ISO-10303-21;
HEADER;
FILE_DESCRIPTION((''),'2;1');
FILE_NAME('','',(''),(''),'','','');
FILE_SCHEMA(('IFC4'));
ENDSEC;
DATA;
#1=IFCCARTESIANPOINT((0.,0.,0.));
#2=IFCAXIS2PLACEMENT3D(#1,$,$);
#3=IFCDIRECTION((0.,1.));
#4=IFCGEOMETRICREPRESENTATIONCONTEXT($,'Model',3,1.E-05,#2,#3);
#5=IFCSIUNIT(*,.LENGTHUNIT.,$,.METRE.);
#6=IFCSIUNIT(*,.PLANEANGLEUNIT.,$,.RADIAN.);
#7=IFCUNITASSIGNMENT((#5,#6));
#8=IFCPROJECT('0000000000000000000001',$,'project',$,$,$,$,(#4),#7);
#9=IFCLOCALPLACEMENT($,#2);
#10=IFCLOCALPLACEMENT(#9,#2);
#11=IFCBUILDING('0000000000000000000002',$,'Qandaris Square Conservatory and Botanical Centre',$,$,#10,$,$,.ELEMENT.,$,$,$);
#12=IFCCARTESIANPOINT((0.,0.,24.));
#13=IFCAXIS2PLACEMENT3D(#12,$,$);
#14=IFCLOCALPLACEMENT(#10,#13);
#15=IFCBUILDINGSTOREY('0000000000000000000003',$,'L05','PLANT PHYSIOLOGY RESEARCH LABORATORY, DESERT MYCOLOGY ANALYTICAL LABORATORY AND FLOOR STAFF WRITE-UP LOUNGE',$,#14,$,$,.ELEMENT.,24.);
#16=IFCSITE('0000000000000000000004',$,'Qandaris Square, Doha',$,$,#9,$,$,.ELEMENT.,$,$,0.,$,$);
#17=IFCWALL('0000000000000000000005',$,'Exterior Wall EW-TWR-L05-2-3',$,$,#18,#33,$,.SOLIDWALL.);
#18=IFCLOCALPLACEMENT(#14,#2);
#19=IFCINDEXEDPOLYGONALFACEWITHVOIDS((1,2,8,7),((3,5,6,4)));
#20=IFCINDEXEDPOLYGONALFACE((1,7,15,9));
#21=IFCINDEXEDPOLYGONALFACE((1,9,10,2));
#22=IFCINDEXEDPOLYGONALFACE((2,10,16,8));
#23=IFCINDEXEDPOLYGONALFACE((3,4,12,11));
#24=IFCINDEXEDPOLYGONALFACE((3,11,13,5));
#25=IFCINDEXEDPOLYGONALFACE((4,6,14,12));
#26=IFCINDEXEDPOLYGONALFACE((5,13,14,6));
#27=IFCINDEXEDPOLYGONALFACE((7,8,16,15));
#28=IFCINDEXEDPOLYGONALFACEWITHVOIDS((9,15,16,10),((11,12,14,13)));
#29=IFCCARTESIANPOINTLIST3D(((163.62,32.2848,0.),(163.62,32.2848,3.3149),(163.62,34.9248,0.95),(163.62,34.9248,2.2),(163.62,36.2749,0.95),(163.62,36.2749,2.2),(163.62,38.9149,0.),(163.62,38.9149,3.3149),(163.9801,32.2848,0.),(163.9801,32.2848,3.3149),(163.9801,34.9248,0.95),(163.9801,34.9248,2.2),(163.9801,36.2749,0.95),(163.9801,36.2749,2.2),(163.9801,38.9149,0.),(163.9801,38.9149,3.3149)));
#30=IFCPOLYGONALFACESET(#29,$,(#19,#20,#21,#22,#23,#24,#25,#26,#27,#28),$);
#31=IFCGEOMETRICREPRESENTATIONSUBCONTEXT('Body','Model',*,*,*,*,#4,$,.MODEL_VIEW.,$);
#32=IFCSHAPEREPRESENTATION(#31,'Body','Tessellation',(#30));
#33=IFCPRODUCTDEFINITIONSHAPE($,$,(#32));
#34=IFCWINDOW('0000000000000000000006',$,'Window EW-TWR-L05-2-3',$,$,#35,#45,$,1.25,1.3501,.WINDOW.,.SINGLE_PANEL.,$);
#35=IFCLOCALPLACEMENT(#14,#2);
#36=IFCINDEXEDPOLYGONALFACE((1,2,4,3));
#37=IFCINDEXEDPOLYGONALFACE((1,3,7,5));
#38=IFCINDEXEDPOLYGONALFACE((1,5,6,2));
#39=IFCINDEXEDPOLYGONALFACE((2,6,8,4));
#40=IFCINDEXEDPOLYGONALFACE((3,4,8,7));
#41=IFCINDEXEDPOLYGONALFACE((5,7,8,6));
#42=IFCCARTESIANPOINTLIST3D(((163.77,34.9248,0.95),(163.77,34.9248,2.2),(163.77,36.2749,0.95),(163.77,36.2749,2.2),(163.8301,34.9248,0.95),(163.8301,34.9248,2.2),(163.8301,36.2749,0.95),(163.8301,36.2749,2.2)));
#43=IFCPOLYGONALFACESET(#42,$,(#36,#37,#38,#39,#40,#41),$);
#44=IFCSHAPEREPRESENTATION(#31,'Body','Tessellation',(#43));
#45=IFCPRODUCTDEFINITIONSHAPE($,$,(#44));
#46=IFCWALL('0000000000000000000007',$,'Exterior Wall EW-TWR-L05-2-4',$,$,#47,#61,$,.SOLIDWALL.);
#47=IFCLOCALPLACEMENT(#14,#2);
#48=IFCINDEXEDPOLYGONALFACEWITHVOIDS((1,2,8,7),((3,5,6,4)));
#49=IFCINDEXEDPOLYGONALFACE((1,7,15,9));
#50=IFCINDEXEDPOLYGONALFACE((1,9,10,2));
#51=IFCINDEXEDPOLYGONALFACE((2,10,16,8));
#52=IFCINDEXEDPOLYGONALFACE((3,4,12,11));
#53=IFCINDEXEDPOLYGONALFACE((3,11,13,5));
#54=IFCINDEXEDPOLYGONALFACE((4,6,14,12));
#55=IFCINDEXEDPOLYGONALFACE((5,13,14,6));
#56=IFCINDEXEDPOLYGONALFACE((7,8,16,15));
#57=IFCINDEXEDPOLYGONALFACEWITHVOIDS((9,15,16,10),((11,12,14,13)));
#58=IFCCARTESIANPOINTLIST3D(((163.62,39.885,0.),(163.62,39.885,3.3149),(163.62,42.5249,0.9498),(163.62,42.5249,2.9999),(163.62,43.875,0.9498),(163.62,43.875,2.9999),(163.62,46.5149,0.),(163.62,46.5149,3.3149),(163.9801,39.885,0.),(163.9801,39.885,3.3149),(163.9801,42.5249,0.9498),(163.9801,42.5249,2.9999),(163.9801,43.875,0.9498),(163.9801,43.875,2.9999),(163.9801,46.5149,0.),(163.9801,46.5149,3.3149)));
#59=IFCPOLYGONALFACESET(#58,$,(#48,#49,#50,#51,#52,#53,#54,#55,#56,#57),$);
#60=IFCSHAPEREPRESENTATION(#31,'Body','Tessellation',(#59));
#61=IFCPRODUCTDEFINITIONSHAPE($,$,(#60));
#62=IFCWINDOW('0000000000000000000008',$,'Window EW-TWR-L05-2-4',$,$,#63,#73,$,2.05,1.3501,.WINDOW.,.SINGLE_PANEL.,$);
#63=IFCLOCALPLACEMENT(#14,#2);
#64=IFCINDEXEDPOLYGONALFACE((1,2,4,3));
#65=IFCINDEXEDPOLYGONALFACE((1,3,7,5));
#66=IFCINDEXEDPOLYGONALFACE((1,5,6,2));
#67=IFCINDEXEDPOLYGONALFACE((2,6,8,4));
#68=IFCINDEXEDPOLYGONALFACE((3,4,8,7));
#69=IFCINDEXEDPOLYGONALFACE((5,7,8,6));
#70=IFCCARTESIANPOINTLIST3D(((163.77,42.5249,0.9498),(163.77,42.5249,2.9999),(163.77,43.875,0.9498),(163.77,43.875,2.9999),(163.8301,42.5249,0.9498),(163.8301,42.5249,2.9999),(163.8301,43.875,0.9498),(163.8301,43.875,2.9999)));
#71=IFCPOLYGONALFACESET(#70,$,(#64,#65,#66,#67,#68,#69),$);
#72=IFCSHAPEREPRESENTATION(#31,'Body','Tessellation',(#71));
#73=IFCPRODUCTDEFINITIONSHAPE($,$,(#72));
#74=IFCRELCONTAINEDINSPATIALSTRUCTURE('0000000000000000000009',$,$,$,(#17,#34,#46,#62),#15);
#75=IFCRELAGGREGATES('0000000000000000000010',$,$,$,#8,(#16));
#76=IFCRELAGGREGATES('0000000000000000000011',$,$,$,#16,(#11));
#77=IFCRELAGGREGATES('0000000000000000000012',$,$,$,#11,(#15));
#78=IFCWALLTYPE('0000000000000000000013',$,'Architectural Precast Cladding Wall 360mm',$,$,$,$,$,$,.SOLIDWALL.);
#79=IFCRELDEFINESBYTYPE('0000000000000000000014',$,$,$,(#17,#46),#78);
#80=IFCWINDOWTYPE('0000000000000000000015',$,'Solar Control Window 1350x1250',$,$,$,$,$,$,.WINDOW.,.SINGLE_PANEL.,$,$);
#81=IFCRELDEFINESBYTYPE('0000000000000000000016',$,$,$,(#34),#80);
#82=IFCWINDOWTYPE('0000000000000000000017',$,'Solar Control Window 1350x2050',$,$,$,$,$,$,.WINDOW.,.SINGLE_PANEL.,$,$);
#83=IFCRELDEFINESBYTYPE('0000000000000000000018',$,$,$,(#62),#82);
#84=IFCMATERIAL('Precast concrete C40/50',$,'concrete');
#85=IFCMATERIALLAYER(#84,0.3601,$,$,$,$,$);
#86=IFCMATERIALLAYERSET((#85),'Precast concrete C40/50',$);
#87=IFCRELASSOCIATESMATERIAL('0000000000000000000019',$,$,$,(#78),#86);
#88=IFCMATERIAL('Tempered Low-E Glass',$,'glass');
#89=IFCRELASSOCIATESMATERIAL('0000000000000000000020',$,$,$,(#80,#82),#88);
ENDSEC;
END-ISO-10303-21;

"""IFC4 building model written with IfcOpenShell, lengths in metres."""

from ifc_helpers import new_model, si_unit, direction, frame, frame_2d, origin, place, context, subcontext, project, spatial, rectangle, extrude, material, layer, layer_set, type_object, element, fill, save


model = new_model("IFC4")

# Units and contexts
model_context = context("Model", 3, precision=1e-05, world=origin(), true_north=direction((0.0, 1.0)))
body_context = subcontext(model_context, "Body", "Model", "MODEL_VIEW")
ifc_project = project(units=[si_unit("LENGTHUNIT", "METRE"), si_unit("PLANEANGLEUNIT", "RADIAN")], contexts=[model_context])

# Site, building, storey
site_placement = place(None, origin())
site = spatial("IfcSite", under=ifc_project, at=site_placement, Name="Qandaris Square, Doha", CompositionType="ELEMENT", RefElevation=0.0)
building_placement = place(site_placement, origin())
building = spatial("IfcBuilding", under=site, at=building_placement, Name="Qandaris Square Conservatory and Botanical Centre", CompositionType="ELEMENT")
storey_placement = place(building_placement, frame((0.0, 0.0, 24.0)))
storey = spatial("IfcBuildingStorey", under=building, at=storey_placement, Name="L05", Description="PLANT PHYSIOLOGY RESEARCH LABORATORY, DESERT MYCOLOGY ANALYTICAL LABORATORY AND FLOOR STAFF WRITE-UP LOUNGE", CompositionType="ELEMENT", Elevation=24.0)

# Walls, openings, windows
ifc_material_1 = material(Name="Precast concrete C40/50", Category="concrete")
ifc_layer = layer(ifc_material_1, 0.3601)
ifc_layer_set = layer_set([ifc_layer], Name="Precast concrete C40/50")
wall_type = type_object("IfcWallType", Name="Architectural Precast Cladding Wall 360mm", PredefinedType="SOLIDWALL", material=ifc_layer_set)
wall_1_placement = place(storey_placement, frame((163.8, 32.2849, 0.0), z_axis=(0.0, 0.0, 1.0), x_axis=(0.0, 1.0, 0.0)))
wall_1 = element("IfcWall", 1, at=wall_1_placement, inside=storey, type_object=wall_type, Name="Exterior Wall EW-TWR-L05-2-3", PredefinedType="SOLIDWALL", context=body_context, shape_type="SweptSolid", body=[
    extrude(rectangle(XDim=6.6301, YDim=0.3601, at=frame_2d((3.3149, 0.0))), origin(), (0.0, 0.0, 1.0), 3.3149),
])
opening_1_placement = place(wall_1_placement, frame((2.6399, 0.0, 0.95)))
opening_1 = element("IfcOpeningElement", 2, at=opening_1_placement, cuts=wall_1, PredefinedType="OPENING", context=body_context, shape_type="SweptSolid", body=[
    extrude(rectangle(XDim=1.3501, YDim=1.25, at=frame_2d((0.675, 0.625))), frame((0.0, 0.1919, 0.0), z_axis=(0.0, -1.0, 0.0), x_axis=(1.0, 0.0, 0.0)), (0.0, 0.0, 1.0), 0.384),
])
ifc_material_2 = material(Name="Tempered Low-E Glass", Category="glass")
window_type_1 = type_object("IfcWindowType", Name="Solar Control Window 1350x1250", PartitioningType="SINGLE_PANEL", PredefinedType="WINDOW", material=ifc_material_2)
window_1_placement = place(opening_1_placement, origin())
window_1 = element("IfcWindow", 3, at=window_1_placement, inside=storey, type_object=window_type_1, Name="Window EW-TWR-L05-2-3", OverallHeight=1.25, OverallWidth=1.3501, PartitioningType="SINGLE_PANEL", PredefinedType="WINDOW", context=body_context, shape_type="SweptSolid", body=[
    extrude(rectangle(XDim=1.3501, YDim=1.25, at=frame_2d((0.675, 0.625))), frame((0.0, 0.03, 0.0), z_axis=(0.0, -1.0, 0.0), x_axis=(1.0, 0.0, 0.0)), (0.0, 0.0, 1.0), 0.0601),
])
fill(opening_1, window_1)
wall_2_placement = place(storey_placement, frame((163.8, 39.885, 0.0), z_axis=(0.0, 0.0, 1.0), x_axis=(0.0, 1.0, 0.0)))
wall_2 = element("IfcWall", 4, at=wall_2_placement, inside=storey, type_object=wall_type, Name="Exterior Wall EW-TWR-L05-2-4", PredefinedType="SOLIDWALL", context=body_context, shape_type="SweptSolid", body=[
    extrude(rectangle(XDim=6.6299, YDim=0.3601, at=frame_2d((3.3149, 0.0))), origin(), (0.0, 0.0, 1.0), 3.3149),
])
opening_2_placement = place(wall_2_placement, frame((2.6399, 0.0, 0.95)))
opening_2 = element("IfcOpeningElement", 5, at=opening_2_placement, cuts=wall_2, PredefinedType="OPENING", context=body_context, shape_type="SweptSolid", body=[
    extrude(rectangle(XDim=1.3501, YDim=2.05, at=frame_2d((0.675, 1.0249))), frame((0.0, 0.1919, 0.0), z_axis=(0.0, -1.0, 0.0), x_axis=(1.0, 0.0, 0.0)), (0.0, 0.0, 1.0), 0.384),
])
window_type_2 = type_object("IfcWindowType", Name="Solar Control Window 1350x2050", PartitioningType="SINGLE_PANEL", PredefinedType="WINDOW", material=ifc_material_2)
window_2_placement = place(opening_2_placement, origin())
window_2 = element("IfcWindow", 6, at=window_2_placement, inside=storey, type_object=window_type_2, Name="Window EW-TWR-L05-2-4", OverallHeight=2.05, OverallWidth=1.3501, PartitioningType="SINGLE_PANEL", PredefinedType="WINDOW", context=body_context, shape_type="SweptSolid", body=[
    extrude(rectangle(XDim=1.3501, YDim=2.05, at=frame_2d((0.675, 1.0249))), frame((0.0, 0.03, 0.0), z_axis=(0.0, -1.0, 0.0), x_axis=(1.0, 0.0, 0.0)), (0.0, 0.0, 1.0), 0.0601),
])
fill(opening_2, window_2)

save(model, "model.ifc")
